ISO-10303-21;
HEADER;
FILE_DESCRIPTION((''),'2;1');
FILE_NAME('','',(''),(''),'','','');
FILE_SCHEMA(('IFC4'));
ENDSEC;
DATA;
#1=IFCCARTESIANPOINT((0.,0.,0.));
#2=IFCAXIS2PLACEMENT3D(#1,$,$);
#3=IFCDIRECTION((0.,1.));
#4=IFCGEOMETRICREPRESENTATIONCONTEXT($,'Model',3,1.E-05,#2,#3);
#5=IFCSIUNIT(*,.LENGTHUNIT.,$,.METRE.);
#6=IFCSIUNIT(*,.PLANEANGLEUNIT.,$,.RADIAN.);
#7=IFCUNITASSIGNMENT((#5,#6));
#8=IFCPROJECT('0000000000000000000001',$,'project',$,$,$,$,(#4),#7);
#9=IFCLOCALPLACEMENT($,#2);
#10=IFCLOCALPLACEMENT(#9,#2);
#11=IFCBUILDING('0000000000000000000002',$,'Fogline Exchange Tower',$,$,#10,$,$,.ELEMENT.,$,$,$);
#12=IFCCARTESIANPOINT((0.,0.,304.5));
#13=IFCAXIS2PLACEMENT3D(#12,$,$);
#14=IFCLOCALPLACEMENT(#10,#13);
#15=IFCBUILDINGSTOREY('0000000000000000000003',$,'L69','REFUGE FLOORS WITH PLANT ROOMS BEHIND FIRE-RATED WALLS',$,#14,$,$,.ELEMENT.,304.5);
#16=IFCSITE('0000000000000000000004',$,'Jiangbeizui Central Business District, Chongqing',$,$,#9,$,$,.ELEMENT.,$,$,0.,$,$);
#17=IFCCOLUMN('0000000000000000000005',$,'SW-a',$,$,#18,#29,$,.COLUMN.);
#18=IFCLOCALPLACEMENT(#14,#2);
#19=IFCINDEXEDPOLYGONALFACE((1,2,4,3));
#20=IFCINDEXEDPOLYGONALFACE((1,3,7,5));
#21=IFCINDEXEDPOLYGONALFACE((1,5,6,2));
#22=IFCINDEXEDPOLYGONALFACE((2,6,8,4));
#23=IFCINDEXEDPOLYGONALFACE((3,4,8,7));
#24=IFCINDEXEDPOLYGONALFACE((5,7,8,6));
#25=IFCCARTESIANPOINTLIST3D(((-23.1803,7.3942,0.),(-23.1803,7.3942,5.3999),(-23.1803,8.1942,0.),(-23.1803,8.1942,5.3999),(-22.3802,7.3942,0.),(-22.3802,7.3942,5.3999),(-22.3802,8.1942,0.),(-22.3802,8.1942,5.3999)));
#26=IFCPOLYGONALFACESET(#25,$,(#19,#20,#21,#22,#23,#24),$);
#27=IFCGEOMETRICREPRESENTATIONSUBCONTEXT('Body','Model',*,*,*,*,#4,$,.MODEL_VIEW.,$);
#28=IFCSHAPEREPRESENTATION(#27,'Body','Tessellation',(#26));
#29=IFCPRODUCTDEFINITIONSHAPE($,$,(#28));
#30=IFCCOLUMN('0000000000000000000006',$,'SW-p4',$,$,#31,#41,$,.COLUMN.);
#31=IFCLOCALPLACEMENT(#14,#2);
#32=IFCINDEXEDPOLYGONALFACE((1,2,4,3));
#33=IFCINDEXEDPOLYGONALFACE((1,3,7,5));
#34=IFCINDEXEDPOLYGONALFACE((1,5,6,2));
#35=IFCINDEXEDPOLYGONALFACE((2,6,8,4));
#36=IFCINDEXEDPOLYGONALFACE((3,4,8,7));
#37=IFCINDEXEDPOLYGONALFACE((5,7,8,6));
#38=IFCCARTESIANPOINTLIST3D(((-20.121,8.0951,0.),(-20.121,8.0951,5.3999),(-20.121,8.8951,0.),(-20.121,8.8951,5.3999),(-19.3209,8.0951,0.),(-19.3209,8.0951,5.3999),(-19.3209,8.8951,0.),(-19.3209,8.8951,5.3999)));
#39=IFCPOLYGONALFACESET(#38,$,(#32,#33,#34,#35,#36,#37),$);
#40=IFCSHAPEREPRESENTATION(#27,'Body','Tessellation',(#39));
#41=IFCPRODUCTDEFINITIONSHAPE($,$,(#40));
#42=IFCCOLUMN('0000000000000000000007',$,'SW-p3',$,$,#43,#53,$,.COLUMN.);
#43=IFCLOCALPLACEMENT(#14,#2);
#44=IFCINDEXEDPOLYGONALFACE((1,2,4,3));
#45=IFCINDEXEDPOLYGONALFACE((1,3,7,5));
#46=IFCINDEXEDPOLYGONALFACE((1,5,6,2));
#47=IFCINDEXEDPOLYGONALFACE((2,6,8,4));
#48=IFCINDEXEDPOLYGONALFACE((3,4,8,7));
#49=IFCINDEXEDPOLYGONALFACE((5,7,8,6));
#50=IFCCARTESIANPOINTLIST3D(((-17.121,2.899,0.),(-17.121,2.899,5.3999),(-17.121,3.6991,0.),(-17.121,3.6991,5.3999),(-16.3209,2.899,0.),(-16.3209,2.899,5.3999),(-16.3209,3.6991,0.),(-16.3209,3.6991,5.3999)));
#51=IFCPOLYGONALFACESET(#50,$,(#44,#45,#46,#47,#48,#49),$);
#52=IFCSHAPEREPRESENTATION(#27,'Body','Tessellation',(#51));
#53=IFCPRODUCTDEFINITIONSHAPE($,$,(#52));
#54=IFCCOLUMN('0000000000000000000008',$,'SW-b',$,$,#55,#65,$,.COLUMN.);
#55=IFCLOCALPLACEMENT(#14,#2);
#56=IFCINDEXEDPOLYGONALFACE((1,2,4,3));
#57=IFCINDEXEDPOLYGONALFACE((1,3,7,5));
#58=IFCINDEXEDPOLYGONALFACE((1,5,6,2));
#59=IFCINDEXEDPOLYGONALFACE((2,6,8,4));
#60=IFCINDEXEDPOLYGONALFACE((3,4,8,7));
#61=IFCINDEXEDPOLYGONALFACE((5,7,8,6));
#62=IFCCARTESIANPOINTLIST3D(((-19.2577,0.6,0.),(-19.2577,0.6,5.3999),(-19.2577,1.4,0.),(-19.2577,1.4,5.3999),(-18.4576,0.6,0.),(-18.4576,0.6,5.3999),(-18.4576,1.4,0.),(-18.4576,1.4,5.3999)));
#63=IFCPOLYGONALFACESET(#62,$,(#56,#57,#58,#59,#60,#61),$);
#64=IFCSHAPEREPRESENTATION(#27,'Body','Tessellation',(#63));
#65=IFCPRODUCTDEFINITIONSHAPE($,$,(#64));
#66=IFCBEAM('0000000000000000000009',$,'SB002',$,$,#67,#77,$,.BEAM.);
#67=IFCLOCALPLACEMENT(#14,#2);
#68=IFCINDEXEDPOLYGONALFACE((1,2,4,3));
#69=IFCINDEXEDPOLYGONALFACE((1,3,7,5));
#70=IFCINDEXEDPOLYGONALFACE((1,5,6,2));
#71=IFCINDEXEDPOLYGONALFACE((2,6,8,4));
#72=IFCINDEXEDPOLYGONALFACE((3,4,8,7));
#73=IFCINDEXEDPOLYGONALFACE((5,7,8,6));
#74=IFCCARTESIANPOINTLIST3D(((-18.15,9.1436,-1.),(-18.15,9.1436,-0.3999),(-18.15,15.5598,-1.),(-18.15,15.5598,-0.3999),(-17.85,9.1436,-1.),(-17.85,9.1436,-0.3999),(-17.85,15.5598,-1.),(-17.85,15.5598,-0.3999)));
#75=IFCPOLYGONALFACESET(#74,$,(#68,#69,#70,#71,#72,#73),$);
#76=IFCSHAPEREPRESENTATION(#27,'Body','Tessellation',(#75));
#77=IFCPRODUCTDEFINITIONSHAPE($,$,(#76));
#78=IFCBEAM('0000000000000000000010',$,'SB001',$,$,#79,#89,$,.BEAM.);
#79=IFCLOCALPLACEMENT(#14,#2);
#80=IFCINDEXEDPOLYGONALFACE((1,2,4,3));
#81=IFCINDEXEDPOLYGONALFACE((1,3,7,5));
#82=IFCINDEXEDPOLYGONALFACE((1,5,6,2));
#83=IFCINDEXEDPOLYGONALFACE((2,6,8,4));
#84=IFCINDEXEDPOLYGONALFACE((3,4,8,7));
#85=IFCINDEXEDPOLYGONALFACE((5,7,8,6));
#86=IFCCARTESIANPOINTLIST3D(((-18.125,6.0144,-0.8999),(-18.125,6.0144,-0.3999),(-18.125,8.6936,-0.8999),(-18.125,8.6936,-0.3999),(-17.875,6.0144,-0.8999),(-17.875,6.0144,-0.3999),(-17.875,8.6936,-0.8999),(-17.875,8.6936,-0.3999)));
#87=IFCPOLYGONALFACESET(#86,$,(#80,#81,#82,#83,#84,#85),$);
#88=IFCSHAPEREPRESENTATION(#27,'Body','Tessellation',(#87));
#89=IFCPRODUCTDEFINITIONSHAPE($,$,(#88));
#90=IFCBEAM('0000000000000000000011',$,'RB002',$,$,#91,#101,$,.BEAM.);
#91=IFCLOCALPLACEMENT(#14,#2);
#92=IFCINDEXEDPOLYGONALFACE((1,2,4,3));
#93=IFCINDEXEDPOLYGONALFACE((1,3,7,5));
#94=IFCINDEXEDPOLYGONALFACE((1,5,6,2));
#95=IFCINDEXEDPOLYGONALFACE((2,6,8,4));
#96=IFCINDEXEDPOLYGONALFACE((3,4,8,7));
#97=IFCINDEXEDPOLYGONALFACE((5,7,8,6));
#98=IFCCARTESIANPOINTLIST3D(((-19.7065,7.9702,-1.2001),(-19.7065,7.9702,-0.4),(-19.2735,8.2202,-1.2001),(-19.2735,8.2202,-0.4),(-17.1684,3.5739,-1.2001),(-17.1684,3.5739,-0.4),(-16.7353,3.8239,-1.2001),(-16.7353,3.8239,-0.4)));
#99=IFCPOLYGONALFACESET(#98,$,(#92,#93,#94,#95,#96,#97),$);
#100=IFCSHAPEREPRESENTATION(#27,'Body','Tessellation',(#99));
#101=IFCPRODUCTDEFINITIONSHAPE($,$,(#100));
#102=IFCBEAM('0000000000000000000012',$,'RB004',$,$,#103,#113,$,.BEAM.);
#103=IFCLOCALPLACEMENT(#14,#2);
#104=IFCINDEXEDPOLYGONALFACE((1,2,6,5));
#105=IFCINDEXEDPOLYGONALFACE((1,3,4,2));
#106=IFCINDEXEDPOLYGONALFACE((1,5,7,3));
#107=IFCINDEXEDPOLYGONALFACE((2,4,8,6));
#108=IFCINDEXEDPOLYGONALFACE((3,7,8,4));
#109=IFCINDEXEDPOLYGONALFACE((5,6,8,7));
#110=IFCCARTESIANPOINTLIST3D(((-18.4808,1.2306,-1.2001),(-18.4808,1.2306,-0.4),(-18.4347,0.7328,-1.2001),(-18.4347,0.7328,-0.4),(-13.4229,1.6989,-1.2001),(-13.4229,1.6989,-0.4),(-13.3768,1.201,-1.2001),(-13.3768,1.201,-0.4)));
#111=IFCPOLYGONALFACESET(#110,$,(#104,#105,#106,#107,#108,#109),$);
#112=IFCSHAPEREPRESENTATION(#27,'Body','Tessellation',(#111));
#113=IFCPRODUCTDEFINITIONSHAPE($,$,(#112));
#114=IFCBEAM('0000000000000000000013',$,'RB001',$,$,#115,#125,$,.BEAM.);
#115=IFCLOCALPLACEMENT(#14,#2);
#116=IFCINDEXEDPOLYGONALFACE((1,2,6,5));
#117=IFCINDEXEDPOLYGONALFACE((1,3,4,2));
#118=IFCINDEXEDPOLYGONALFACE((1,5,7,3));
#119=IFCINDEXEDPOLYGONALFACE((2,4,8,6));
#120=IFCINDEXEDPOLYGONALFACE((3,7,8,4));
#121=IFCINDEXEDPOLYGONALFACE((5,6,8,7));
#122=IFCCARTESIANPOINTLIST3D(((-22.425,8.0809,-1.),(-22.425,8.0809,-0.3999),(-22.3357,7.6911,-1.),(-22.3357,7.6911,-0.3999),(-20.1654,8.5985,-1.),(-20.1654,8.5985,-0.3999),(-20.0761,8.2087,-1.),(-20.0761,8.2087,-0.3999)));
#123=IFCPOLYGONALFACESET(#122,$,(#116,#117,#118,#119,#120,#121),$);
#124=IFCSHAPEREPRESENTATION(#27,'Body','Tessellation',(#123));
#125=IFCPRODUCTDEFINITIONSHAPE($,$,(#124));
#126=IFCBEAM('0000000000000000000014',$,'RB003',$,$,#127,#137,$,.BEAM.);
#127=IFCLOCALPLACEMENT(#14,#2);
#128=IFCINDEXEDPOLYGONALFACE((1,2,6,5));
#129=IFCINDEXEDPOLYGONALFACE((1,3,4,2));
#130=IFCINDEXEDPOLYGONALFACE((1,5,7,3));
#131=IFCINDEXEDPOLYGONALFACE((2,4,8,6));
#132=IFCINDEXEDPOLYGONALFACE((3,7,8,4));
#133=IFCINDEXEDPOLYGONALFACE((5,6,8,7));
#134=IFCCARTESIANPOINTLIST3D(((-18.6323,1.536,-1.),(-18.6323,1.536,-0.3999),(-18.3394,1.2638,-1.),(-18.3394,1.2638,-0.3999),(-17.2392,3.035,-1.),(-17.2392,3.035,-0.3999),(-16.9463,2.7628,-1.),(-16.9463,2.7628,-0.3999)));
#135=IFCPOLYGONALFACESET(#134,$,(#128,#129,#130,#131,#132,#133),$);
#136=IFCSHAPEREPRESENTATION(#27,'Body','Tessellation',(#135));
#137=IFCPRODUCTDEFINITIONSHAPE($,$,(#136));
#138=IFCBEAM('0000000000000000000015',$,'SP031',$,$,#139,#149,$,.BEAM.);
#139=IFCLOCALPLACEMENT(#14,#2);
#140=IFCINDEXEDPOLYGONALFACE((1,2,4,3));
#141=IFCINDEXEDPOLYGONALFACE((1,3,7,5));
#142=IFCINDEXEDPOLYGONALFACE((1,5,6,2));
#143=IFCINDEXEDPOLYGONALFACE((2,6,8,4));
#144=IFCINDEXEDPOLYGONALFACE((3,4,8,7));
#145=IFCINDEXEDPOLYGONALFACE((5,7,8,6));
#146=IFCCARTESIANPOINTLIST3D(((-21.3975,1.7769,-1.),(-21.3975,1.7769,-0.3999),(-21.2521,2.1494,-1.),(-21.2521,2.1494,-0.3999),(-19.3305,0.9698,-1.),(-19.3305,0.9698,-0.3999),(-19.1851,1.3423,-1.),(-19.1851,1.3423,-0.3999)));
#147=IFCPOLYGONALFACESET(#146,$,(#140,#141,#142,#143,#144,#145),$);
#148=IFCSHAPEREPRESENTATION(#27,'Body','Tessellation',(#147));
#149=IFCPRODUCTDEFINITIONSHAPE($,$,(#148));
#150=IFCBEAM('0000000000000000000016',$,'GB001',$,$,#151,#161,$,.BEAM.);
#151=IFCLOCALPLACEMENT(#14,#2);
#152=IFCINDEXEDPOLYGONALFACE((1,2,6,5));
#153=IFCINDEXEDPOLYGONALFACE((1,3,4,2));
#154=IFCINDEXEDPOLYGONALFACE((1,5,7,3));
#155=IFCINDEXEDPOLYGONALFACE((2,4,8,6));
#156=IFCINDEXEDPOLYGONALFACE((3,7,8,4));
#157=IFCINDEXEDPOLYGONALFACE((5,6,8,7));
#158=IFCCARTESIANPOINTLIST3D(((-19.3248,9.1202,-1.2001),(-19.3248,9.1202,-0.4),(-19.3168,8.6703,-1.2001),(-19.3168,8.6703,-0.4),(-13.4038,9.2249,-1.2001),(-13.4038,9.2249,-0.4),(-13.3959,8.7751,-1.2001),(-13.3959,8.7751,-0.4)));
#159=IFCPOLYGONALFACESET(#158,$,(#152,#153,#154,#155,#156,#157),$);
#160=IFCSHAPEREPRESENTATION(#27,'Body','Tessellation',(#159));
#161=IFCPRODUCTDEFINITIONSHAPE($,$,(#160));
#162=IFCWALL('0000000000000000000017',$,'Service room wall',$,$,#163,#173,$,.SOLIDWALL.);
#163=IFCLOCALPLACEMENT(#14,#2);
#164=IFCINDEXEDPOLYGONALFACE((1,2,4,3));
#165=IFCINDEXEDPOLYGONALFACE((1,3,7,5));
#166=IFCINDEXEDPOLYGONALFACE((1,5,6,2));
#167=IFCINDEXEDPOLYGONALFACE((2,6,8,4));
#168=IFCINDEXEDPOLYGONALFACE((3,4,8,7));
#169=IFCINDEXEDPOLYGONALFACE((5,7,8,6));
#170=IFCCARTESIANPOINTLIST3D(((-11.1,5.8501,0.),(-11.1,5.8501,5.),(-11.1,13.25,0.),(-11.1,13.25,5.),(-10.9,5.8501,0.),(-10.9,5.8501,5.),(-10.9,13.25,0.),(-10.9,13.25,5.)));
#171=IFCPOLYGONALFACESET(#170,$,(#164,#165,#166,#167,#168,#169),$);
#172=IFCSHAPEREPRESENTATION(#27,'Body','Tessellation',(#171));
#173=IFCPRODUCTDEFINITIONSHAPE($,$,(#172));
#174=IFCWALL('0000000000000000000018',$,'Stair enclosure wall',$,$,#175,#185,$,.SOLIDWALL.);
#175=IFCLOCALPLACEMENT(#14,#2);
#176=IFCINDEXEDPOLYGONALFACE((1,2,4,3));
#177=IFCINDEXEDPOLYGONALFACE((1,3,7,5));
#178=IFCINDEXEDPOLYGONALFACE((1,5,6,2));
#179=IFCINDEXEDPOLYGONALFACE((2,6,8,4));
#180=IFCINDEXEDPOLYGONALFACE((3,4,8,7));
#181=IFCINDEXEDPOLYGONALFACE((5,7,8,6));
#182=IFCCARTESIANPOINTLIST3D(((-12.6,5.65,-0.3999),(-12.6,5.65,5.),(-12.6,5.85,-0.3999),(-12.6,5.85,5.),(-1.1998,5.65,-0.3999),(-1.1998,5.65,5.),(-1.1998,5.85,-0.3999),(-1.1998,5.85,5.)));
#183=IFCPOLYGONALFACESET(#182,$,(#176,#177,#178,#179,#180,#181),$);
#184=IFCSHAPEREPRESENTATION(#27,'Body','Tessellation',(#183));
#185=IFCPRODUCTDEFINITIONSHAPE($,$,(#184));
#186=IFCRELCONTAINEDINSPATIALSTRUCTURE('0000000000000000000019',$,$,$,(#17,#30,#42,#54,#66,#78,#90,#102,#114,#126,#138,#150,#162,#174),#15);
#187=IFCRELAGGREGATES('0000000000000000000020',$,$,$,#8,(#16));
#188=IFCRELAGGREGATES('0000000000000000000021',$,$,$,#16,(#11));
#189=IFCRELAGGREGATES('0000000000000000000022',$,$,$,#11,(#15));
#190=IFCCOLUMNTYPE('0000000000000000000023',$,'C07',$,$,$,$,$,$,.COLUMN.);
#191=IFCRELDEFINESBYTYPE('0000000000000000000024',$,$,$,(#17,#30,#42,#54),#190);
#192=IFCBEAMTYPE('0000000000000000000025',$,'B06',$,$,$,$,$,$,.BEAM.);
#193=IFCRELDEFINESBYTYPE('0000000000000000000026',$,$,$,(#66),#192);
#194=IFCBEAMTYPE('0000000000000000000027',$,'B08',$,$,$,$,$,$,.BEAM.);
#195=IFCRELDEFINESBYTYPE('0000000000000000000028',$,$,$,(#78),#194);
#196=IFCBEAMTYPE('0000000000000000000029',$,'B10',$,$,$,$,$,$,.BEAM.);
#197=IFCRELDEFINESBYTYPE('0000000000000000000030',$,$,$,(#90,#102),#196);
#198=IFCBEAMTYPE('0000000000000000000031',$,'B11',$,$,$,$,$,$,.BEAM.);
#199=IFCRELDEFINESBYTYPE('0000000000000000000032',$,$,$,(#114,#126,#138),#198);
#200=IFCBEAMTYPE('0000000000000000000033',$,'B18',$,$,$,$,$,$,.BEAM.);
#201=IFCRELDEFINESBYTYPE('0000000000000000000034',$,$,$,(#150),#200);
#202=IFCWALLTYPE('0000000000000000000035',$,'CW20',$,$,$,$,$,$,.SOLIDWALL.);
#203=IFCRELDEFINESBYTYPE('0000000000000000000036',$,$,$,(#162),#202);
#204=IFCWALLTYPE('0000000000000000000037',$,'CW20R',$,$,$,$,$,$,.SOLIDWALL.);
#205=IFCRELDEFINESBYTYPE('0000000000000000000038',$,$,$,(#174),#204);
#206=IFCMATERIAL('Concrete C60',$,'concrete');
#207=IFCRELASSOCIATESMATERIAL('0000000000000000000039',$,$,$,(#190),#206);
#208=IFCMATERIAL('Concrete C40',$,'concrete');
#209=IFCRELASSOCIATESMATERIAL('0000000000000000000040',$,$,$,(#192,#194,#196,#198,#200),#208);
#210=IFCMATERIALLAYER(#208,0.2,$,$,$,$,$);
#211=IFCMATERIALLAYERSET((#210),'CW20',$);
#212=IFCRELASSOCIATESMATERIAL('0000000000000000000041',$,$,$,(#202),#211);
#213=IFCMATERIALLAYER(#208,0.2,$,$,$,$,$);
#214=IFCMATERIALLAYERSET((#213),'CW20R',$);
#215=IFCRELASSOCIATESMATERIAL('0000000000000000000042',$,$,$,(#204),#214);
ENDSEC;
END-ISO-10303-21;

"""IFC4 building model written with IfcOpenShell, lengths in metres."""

from ifc_helpers import new_model, si_unit, direction, frame, frame_2d, origin, origin_2d, place, context, subcontext, project, spatial, rectangle, extrude, material, layer, layer_set, material_profile, profile_set, type_object, element, save


model = new_model("IFC4")

# Units and contexts
model_context = context("Model", 3, precision=1e-05, world=origin(), true_north=direction((0.0, 1.0)))
body_context = subcontext(model_context, "Body", "Model", "MODEL_VIEW")
ifc_project = project(units=[si_unit("LENGTHUNIT", "METRE"), si_unit("PLANEANGLEUNIT", "RADIAN")], contexts=[model_context])

# Site, building, storey
site_placement = place(None, origin())
site = spatial("IfcSite", under=ifc_project, at=site_placement, Name="Jiangbeizui Central Business District, Chongqing", CompositionType="ELEMENT", RefElevation=0.0)
building_placement = place(site_placement, origin())
building = spatial("IfcBuilding", under=site, at=building_placement, Name="Fogline Exchange Tower", CompositionType="ELEMENT")
storey_placement = place(building_placement, frame((0.0, 0.0, 304.5)))
storey = spatial("IfcBuildingStorey", under=building, at=storey_placement, Name="L69", Description="REFUGE FLOORS WITH PLANT ROOMS BEHIND FIRE-RATED WALLS", CompositionType="ELEMENT", Elevation=304.5)

# Columns
ifc_material_1 = material(Name="Concrete C60", Category="concrete")
ifc_material_profile_1 = material_profile(ifc_material_1, rectangle(XDim=0.8, YDim=0.8, at=origin_2d()), Name="RC 800x800")
ifc_profile_set_1 = profile_set([ifc_material_profile_1], Name="Concrete C60")
column_type = type_object("IfcColumnType", Name="C07", PredefinedType="COLUMN", material=ifc_profile_set_1)
for number, where, z_axis, x_axis, name in (
    (1, (-22.7803, 7.7942, 0.0), (0.0, 0.0, 1.0), (1.0, 0.0, 0.0), "SW-a"),
    (2, (-19.7209, 8.4951, 0.0), (0.0, 0.0, 1.0), (1.0, 0.0, 0.0), "SW-p4"),
    (3, (-16.7209, 3.2991, 0.0), (0.0, 0.0, 1.0), (1.0, 0.0, 0.0), "SW-p3"),
    (4, (-18.8577, 1.0, 0.0), (0.0, 0.0, 1.0), (1.0, 0.0, 0.0), "SW-b"),
):
    element("IfcColumn", number, at=place(storey_placement, frame(where, z_axis=z_axis, x_axis=x_axis)), inside=storey, type_object=column_type, Name=name, PredefinedType="COLUMN", context=body_context, shape_type="SweptSolid", body=[
        extrude(rectangle(XDim=0.8, YDim=0.8, at=origin_2d()), origin(), (0.0, 0.0, 1.0), 5.3999),
    ])

# Beams
ifc_material_2 = material(Name="Concrete C40", Category="concrete")
ifc_material_profile_2 = material_profile(ifc_material_2, rectangle(XDim=0.3, YDim=0.6001, at=origin_2d()), Name="RC 300x600")
ifc_profile_set_2 = profile_set([ifc_material_profile_2], Name="Concrete C40")
beam_type_1 = type_object("IfcBeamType", Name="B06", PredefinedType="BEAM", material=ifc_profile_set_2)
beam_1_placement = place(storey_placement, frame((-18.0, 9.1436, -0.7), z_axis=(0.0, 1.0, 0.0), x_axis=(-1.0, 0.0, 0.0)))
element("IfcBeam", 5, at=beam_1_placement, inside=storey, type_object=beam_type_1, Name="SB002", PredefinedType="BEAM", context=body_context, shape_type="SweptSolid", body=[
    extrude(rectangle(XDim=0.3, YDim=0.6001, at=origin_2d()), origin(), (0.0, 0.0, 1.0), 6.4163),
])
ifc_material_profile_3 = material_profile(ifc_material_2, rectangle(XDim=0.25, YDim=0.5, at=origin_2d()), Name="RC 250x500")
ifc_profile_set_3 = profile_set([ifc_material_profile_3], Name="Concrete C40")
beam_type_2 = type_object("IfcBeamType", Name="B08", PredefinedType="BEAM", material=ifc_profile_set_3)
beam_2_placement = place(storey_placement, frame((-18.0, 6.0144, -0.6499), z_axis=(0.0, 1.0, 0.0), x_axis=(-1.0, 0.0, 0.0)))
element("IfcBeam", 6, at=beam_2_placement, inside=storey, type_object=beam_type_2, Name="SB001", PredefinedType="BEAM", context=body_context, shape_type="SweptSolid", body=[
    extrude(rectangle(XDim=0.25, YDim=0.5, at=origin_2d()), origin(), (0.0, 0.0, 1.0), 2.6792),
])
ifc_material_profile_4 = material_profile(ifc_material_2, rectangle(XDim=0.5, YDim=0.8, at=origin_2d()), Name="RC 500x800")
ifc_profile_set_4 = profile_set([ifc_material_profile_4], Name="Concrete C40")
beam_type_3 = type_object("IfcBeamType", Name="B10", PredefinedType="BEAM", material=ifc_profile_set_4)
beam_3_placement = place(storey_placement, frame((-19.49, 8.0952, -0.8), z_axis=(0.499988, -0.866033, 0.0), x_axis=(0.866033, 0.499988, 0.0)))
element("IfcBeam", 7, at=beam_3_placement, inside=storey, type_object=beam_type_3, Name="RB002", PredefinedType="BEAM", context=body_context, shape_type="SweptSolid", body=[
    extrude(rectangle(XDim=0.5, YDim=0.8, at=origin_2d()), origin(), (0.0, 0.0, 1.0), 5.0764),
])
beam_4_placement = place(storey_placement, frame((-18.4578, 0.9817, -0.8), z_axis=(0.995742, 0.092187, 0.0), x_axis=(-0.092187, 0.995742, 0.0)))
element("IfcBeam", 8, at=beam_4_placement, inside=storey, type_object=beam_type_3, Name="RB004", PredefinedType="BEAM", context=body_context, shape_type="SweptSolid", body=[
    extrude(rectangle(XDim=0.5, YDim=0.8, at=origin_2d()), origin(), (0.0, 0.0, 1.0), 5.0796),
])
ifc_material_profile_5 = material_profile(ifc_material_2, rectangle(XDim=0.3999, YDim=0.6001, at=origin_2d()), Name="RC 400x600")
ifc_profile_set_5 = profile_set([ifc_material_profile_5], Name="Concrete C40")
beam_type_4 = type_object("IfcBeamType", Name="B11", PredefinedType="BEAM", material=ifc_profile_set_5)
beam_5_placement = place(storey_placement, frame((-22.3804, 7.886, -0.7), z_axis=(0.974754, 0.223282, 0.0), x_axis=(-0.223282, 0.974754, 0.0)))
element("IfcBeam", 9, at=beam_5_placement, inside=storey, type_object=beam_type_4, Name="RB001", PredefinedType="BEAM", context=body_context, shape_type="SweptSolid", body=[
    extrude(rectangle(XDim=0.3999, YDim=0.6001, at=origin_2d()), origin(), (0.0, 0.0, 1.0), 2.3181),
])
beam_6_placement = place(storey_placement, frame((-17.0928, 2.8989, -0.7), z_axis=(-0.680744, -0.732521, 0.0), x_axis=(0.732521, -0.680744, 0.0)))
element("IfcBeam", 10, at=beam_6_placement, inside=storey, type_object=beam_type_4, Name="RB003", PredefinedType="BEAM", context=body_context, shape_type="SweptSolid", body=[
    extrude(rectangle(XDim=0.3999, YDim=0.6001, at=origin_2d()), origin(), (0.0, 0.0, 1.0), 2.0464),
])
beam_7_placement = place(storey_placement, frame((-19.2578, 1.156, -0.7), z_axis=(-0.931496, 0.363752, 0.0), x_axis=(-0.363752, -0.931496, 0.0)))
element("IfcBeam", 11, at=beam_7_placement, inside=storey, type_object=beam_type_4, Name="SP031", PredefinedType="BEAM", context=body_context, shape_type="SweptSolid", body=[
    extrude(rectangle(XDim=0.3999, YDim=0.6001, at=origin_2d()), origin(), (0.0, 0.0, 1.0), 2.219),
])
ifc_material_profile_6 = material_profile(ifc_material_2, rectangle(XDim=0.45, YDim=0.8, at=origin_2d()), Name="RC 450x800")
ifc_profile_set_6 = profile_set([ifc_material_profile_6], Name="Concrete C40")
beam_type_5 = type_object("IfcBeamType", Name="B18", PredefinedType="BEAM", material=ifc_profile_set_6)
beam_8_placement = place(storey_placement, frame((-19.3208, 8.8953, -0.8), z_axis=(0.999844, 0.017686, 0.0), x_axis=(-0.017686, 0.999844, 0.0)))
element("IfcBeam", 12, at=beam_8_placement, inside=storey, type_object=beam_type_5, Name="GB001", PredefinedType="BEAM", context=body_context, shape_type="SweptSolid", body=[
    extrude(rectangle(XDim=0.45, YDim=0.8, at=origin_2d()), origin(), (0.0, 0.0, 1.0), 5.9219),
])

# Walls
ifc_layer_1 = layer(ifc_material_2, 0.2)
ifc_layer_set_1 = layer_set([ifc_layer_1], Name="CW20")
wall_type_1 = type_object("IfcWallType", Name="CW20", PredefinedType="SOLIDWALL", material=ifc_layer_set_1)
wall_1_placement = place(storey_placement, frame((-11.0, 5.8501, 0.0), z_axis=(0.0, 0.0, 1.0), x_axis=(0.0, 1.0, 0.0)))
element("IfcWall", 13, at=wall_1_placement, inside=storey, type_object=wall_type_1, Name="Service room wall", PredefinedType="SOLIDWALL", context=body_context, shape_type="SweptSolid", body=[
    extrude(rectangle(XDim=7.3999, YDim=0.2, at=frame_2d((3.7, 0.0))), origin(), (0.0, 0.0, 1.0), 5.0),
])
ifc_layer_2 = layer(ifc_material_2, 0.2)
ifc_layer_set_2 = layer_set([ifc_layer_2], Name="CW20R")
wall_type_2 = type_object("IfcWallType", Name="CW20R", PredefinedType="SOLIDWALL", material=ifc_layer_set_2)
wall_2_placement = place(storey_placement, frame((-12.6001, 5.75, -0.3999), z_axis=(0.0, 0.0, 1.0), x_axis=(1.0, 0.0, 0.0)))
element("IfcWall", 14, at=wall_2_placement, inside=storey, type_object=wall_type_2, Name="Stair enclosure wall", PredefinedType="SOLIDWALL", context=body_context, shape_type="SweptSolid", body=[
    extrude(rectangle(XDim=11.4001, YDim=0.2, at=frame_2d((5.7002, 0.0))), origin(), (0.0, 0.0, 1.0), 5.3999),
])

save(model, "model.ifc")
